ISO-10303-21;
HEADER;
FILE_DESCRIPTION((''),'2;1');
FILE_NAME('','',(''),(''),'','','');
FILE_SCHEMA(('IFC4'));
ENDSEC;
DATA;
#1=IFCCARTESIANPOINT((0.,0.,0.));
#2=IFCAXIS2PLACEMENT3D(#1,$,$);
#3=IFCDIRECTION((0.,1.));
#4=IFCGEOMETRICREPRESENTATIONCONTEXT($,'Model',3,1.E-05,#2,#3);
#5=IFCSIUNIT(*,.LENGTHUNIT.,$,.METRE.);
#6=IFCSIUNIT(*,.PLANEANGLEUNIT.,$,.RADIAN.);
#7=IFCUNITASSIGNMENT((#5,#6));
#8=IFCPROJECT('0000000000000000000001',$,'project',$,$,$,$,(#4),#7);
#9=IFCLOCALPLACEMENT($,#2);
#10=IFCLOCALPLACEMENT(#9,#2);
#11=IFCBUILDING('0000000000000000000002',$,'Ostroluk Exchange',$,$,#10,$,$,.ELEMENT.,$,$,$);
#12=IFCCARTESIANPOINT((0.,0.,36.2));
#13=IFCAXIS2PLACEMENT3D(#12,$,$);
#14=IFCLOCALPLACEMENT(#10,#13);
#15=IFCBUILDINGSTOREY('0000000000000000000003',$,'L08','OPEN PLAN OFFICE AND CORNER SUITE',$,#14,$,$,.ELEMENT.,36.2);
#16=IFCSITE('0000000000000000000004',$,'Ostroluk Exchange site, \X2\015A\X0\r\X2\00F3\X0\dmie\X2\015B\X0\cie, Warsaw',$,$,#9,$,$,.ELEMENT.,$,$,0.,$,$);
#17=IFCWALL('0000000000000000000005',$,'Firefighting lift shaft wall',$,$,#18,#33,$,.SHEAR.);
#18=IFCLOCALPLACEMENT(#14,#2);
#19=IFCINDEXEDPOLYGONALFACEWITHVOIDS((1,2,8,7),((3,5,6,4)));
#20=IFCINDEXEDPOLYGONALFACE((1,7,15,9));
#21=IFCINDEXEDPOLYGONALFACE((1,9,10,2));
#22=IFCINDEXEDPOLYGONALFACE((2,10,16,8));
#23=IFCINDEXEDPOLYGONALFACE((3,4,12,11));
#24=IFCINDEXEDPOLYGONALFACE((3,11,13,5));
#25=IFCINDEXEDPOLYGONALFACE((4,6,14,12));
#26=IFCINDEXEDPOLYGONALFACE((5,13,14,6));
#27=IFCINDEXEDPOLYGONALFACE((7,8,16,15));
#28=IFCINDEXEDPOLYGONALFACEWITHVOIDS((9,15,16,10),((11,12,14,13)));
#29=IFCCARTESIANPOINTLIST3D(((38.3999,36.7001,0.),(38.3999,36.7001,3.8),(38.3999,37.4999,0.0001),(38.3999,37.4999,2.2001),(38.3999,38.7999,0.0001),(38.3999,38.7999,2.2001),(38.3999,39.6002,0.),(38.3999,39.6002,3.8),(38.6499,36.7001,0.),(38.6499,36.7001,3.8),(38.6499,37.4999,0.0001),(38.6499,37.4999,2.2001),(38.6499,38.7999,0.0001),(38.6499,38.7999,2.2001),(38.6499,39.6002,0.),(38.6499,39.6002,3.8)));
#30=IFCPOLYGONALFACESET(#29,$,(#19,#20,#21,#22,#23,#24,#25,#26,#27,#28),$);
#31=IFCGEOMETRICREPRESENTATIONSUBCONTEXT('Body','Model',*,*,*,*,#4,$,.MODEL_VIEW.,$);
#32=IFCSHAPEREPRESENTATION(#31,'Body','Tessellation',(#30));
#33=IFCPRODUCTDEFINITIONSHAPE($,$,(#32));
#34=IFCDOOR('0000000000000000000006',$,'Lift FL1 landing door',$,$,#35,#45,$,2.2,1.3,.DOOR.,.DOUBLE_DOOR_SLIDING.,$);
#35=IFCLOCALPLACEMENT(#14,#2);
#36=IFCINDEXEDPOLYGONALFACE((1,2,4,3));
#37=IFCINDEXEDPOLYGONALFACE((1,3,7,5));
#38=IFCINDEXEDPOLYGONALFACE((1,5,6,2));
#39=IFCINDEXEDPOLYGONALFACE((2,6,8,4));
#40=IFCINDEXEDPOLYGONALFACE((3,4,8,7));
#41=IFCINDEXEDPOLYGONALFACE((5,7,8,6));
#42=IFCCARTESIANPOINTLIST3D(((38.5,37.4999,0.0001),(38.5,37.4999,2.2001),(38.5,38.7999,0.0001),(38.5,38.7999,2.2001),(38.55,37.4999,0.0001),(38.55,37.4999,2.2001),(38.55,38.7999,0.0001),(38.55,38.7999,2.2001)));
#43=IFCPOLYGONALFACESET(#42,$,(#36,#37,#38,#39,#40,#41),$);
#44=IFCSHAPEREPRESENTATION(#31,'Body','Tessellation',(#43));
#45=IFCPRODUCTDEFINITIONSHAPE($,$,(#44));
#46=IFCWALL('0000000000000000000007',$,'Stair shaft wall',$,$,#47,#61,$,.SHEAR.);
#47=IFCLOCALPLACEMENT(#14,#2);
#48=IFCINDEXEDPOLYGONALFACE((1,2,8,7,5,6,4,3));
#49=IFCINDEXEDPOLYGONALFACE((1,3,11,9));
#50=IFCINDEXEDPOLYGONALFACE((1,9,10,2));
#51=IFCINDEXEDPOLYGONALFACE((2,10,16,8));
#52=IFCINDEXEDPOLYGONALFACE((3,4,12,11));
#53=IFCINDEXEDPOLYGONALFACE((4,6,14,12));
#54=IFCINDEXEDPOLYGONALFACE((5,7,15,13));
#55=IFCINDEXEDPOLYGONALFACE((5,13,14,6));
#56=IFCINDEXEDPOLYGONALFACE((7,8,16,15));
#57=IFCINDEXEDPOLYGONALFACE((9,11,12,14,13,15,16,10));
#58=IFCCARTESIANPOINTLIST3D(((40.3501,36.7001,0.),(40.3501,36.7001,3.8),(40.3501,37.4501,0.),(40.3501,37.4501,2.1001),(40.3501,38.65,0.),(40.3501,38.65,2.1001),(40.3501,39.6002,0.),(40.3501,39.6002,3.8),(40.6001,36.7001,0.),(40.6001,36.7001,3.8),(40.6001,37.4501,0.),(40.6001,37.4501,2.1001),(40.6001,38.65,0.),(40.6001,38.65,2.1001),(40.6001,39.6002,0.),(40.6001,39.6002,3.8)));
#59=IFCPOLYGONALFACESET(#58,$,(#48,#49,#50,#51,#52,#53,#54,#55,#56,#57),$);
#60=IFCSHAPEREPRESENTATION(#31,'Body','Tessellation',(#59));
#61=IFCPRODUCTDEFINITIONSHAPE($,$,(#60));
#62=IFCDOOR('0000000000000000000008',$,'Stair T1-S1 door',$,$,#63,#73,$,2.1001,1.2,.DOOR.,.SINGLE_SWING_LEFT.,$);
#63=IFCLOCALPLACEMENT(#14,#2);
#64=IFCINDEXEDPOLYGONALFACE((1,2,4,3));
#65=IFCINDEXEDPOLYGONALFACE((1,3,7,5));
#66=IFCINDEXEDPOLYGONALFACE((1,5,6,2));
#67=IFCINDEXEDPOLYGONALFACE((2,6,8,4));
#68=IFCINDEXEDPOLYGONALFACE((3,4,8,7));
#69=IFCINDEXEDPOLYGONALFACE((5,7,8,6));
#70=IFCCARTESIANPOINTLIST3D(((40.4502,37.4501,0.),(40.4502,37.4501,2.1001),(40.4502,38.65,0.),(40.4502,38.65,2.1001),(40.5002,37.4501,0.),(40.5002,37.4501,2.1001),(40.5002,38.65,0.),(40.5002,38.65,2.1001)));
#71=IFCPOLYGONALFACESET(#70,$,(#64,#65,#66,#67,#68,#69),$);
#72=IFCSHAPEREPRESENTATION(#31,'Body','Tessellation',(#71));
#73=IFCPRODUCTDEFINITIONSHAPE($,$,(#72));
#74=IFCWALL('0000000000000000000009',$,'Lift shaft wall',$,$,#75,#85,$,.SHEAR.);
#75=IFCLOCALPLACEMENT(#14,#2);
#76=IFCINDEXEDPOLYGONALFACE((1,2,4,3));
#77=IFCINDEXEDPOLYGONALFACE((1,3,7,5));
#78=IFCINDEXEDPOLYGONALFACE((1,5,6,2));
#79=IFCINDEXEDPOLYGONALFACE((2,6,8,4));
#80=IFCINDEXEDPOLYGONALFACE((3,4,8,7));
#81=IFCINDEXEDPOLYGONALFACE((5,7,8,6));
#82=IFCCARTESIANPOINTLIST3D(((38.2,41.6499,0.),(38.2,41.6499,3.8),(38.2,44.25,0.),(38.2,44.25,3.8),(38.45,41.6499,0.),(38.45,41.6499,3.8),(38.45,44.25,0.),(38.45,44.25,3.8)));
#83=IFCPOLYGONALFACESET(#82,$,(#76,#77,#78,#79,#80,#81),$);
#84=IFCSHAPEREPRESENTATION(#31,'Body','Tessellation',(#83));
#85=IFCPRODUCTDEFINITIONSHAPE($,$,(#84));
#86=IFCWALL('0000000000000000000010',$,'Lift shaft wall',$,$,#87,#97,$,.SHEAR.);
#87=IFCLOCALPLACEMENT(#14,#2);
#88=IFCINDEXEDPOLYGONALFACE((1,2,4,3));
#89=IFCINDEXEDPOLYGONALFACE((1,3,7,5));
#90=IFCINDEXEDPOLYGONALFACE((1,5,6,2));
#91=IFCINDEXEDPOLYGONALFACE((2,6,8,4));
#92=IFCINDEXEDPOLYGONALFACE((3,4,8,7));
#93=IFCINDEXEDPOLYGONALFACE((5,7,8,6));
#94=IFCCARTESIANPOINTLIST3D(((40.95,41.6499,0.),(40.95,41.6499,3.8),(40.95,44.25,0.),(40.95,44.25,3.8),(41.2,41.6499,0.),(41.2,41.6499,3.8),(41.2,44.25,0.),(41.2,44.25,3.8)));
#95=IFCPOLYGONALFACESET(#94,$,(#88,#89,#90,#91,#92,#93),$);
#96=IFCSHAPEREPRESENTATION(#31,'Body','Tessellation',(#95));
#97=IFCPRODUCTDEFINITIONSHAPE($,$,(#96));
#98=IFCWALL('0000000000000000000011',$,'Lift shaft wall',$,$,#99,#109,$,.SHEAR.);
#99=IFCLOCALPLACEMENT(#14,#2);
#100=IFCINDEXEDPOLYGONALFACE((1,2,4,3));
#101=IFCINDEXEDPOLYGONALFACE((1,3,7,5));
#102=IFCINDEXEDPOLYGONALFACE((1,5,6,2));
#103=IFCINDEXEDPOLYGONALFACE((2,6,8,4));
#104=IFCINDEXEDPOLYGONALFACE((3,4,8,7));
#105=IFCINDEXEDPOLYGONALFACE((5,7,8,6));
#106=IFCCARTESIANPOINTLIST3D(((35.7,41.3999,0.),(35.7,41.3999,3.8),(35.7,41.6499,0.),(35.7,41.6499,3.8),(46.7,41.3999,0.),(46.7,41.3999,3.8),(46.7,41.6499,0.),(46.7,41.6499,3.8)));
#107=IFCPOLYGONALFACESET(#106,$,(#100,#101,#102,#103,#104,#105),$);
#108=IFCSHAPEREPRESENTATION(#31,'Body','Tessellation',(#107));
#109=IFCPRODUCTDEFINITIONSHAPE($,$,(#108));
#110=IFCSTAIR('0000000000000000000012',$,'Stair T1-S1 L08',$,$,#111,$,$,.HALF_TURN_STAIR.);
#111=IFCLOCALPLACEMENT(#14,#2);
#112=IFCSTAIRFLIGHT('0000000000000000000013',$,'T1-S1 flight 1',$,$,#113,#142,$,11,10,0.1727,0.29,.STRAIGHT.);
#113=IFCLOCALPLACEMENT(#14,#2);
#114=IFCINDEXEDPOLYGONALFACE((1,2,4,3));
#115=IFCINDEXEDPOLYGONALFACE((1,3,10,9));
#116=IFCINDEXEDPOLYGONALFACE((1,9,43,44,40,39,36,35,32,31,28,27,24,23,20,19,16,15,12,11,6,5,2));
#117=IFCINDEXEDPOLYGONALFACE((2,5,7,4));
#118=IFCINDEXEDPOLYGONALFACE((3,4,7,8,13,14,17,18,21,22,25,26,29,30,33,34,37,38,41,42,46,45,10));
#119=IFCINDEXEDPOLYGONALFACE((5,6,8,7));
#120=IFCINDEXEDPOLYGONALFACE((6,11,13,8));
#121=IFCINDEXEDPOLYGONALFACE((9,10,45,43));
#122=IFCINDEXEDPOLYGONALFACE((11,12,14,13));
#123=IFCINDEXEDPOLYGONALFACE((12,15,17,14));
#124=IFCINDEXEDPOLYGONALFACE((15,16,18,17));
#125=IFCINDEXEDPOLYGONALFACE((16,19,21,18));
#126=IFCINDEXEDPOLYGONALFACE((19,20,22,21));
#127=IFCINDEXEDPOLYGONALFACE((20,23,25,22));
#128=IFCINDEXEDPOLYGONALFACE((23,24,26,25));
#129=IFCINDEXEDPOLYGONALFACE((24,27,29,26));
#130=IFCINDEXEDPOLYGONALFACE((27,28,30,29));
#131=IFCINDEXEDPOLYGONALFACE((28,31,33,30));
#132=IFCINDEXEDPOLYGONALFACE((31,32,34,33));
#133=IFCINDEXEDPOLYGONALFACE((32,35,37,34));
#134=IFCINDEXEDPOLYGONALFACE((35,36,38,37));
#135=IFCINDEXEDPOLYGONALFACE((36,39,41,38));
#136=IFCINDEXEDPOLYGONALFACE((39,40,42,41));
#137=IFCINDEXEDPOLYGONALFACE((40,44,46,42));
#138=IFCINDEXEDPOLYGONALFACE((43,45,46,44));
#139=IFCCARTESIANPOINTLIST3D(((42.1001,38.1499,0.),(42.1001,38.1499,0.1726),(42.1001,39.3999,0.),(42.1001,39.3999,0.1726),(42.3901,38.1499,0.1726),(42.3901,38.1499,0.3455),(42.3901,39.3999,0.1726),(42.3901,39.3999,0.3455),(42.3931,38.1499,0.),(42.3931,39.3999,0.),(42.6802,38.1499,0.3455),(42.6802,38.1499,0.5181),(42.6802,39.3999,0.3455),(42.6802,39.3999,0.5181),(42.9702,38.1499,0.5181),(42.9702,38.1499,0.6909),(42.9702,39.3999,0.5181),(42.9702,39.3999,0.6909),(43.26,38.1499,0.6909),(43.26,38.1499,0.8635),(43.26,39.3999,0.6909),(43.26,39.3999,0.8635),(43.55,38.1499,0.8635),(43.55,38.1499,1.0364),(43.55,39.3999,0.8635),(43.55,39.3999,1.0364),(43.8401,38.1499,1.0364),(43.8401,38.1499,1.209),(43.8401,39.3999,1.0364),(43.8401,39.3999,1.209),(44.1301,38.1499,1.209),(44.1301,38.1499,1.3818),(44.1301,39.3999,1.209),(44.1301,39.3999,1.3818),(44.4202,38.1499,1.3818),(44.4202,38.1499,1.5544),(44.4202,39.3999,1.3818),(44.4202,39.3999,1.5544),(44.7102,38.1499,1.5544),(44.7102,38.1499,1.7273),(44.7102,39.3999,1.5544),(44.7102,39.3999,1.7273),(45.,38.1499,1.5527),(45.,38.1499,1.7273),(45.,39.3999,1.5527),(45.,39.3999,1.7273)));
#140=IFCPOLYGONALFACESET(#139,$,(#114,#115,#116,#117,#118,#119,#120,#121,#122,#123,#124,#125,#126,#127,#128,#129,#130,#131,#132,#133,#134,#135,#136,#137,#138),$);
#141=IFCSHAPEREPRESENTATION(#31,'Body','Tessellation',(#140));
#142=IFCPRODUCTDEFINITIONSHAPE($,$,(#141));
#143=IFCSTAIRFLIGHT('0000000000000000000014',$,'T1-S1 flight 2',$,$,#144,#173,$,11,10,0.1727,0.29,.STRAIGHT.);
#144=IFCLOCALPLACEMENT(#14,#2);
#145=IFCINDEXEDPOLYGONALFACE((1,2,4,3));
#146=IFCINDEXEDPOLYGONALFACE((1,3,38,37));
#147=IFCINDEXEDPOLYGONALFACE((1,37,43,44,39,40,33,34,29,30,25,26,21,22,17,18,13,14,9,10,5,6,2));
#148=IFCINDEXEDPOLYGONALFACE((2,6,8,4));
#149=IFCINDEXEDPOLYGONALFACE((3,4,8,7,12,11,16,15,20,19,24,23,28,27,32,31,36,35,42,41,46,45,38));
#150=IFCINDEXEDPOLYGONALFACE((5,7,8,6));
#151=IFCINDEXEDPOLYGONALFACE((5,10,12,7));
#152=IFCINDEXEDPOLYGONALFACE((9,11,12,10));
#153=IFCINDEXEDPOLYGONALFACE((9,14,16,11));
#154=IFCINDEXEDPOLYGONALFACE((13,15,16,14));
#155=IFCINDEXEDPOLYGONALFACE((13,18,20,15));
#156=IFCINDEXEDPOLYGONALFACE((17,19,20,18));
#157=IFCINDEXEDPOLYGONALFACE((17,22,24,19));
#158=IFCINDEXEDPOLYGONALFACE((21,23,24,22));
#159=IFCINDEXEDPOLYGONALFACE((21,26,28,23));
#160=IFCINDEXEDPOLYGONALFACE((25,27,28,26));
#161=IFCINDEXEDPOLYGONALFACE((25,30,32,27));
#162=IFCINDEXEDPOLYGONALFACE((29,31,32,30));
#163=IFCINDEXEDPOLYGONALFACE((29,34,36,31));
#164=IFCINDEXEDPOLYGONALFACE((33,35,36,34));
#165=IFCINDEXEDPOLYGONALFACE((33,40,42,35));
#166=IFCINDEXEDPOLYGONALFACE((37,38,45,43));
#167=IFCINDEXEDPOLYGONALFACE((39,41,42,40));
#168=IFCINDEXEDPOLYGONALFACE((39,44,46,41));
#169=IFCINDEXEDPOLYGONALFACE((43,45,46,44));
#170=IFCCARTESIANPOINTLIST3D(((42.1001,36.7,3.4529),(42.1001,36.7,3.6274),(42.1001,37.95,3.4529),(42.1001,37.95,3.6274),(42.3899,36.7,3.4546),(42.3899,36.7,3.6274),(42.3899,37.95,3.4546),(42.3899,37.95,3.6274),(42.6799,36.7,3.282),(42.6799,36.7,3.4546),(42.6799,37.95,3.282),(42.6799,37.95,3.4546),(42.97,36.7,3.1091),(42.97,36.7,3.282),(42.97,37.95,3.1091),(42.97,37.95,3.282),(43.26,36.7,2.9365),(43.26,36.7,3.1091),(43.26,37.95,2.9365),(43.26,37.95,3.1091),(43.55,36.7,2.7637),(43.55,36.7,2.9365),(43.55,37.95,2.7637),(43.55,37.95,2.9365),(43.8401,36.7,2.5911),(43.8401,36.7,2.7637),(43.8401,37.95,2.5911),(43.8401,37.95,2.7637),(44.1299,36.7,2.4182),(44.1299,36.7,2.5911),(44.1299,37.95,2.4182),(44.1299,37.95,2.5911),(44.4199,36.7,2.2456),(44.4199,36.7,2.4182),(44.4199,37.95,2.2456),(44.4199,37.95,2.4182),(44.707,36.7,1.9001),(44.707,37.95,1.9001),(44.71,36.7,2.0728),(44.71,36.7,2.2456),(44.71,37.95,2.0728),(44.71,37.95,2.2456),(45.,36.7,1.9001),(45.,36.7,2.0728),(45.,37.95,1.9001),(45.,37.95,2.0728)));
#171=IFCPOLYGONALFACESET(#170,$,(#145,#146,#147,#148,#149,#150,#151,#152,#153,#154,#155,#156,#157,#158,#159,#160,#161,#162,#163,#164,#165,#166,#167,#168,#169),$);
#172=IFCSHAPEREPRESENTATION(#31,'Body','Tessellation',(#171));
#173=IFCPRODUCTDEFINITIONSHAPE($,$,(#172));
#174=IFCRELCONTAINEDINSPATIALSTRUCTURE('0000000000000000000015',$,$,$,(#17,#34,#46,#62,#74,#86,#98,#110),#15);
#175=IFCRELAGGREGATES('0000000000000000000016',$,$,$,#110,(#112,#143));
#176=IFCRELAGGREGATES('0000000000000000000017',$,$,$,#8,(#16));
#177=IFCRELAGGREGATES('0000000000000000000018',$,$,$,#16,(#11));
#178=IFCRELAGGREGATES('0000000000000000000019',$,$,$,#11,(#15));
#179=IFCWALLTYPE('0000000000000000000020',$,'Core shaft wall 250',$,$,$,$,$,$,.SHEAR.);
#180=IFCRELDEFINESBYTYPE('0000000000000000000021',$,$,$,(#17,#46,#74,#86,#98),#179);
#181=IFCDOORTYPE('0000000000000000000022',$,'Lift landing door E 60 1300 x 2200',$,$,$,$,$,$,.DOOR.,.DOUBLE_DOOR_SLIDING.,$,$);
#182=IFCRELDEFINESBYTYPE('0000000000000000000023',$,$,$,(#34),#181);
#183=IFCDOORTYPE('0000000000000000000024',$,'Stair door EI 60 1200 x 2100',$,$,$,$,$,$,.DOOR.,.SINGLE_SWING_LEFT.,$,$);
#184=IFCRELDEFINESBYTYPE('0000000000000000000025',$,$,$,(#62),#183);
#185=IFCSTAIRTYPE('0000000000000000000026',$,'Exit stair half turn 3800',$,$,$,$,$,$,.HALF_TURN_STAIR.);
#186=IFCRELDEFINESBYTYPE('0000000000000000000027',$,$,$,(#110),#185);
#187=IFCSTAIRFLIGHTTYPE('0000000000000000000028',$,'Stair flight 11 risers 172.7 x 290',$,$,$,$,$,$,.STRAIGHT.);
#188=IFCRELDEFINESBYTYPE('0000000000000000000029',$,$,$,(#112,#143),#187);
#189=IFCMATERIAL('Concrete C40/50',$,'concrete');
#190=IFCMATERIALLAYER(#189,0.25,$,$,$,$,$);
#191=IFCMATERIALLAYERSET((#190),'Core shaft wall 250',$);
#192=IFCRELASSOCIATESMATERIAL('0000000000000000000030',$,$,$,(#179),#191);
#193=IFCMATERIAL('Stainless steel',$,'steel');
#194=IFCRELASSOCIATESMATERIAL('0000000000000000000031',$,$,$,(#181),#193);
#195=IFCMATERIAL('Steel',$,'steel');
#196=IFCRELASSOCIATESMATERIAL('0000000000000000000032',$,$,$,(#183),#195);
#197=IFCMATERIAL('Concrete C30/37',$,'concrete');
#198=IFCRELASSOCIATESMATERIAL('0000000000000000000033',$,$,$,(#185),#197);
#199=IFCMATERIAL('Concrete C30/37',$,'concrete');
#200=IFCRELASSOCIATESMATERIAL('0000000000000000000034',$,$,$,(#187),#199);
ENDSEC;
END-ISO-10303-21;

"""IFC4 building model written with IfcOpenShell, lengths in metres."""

from ifc_helpers import new_model, si_unit, direction, frame, frame_2d, origin, place, context, subcontext, project, spatial, polyline, rectangle, outline, extrude, material, layer, layer_set, type_object, element, fill, aggregate, save


model = new_model("IFC4")

# Units and contexts
model_context = context("Model", 3, precision=1e-05, world=origin(), true_north=direction((0.0, 1.0)))
body_context = subcontext(model_context, "Body", "Model", "MODEL_VIEW")
ifc_project = project(units=[si_unit("LENGTHUNIT", "METRE"), si_unit("PLANEANGLEUNIT", "RADIAN")], contexts=[model_context])

# Site, building, storey
site_placement = place(None, origin())
site = spatial("IfcSite", under=ifc_project, at=site_placement, Name="Ostroluk Exchange site, Śródmieście, Warsaw", CompositionType="ELEMENT", RefElevation=0.0)
building_placement = place(site_placement, origin())
building = spatial("IfcBuilding", under=site, at=building_placement, Name="Ostroluk Exchange", CompositionType="ELEMENT")
storey_placement = place(building_placement, frame((0.0, 0.0, 36.2)))
storey = spatial("IfcBuildingStorey", under=building, at=storey_placement, Name="L08", Description="OPEN PLAN OFFICE AND CORNER SUITE", CompositionType="ELEMENT", Elevation=36.2)

# Walls, openings, doors
ifc_material_1 = material(Name="Concrete C40/50", Category="concrete")
ifc_layer_1 = layer(ifc_material_1, 0.25)
ifc_layer_set_1 = layer_set([ifc_layer_1], Name="Core shaft wall 250")
wall_type_1 = type_object("IfcWallType", Name="Core shaft wall 250", PredefinedType="SHEAR", material=ifc_layer_set_1)
wall_1_placement = place(storey_placement, frame((38.5249, 36.7, 0.0), z_axis=(0.0, 0.0, 1.0), x_axis=(0.0, 1.0, 0.0)))
wall_1 = element("IfcWall", 1, at=wall_1_placement, inside=storey, type_object=wall_type_1, Name="Firefighting lift shaft wall", PredefinedType="SHEAR", context=body_context, shape_type="SweptSolid", body=[
    extrude(rectangle(XDim=2.9001, YDim=0.25, at=frame_2d((1.4502, 0.0))), origin(), (0.0, 0.0, 1.0), 3.8),
])
opening_1_placement = place(wall_1_placement, frame((0.8, 0.0, 0.0)))
opening_1 = element("IfcOpeningElement", 2, at=opening_1_placement, cuts=wall_1, PredefinedType="OPENING", context=body_context, shape_type="SweptSolid", body=[
    extrude(rectangle(XDim=1.3, YDim=2.2, at=frame_2d((0.6499, 1.1001))), frame((0.0, 0.135, 0.0), z_axis=(0.0, -1.0, 0.0), x_axis=(1.0, 0.0, 0.0)), (0.0, 0.0, 1.0), 0.27),
])
ifc_material_2 = material(Name="Stainless steel", Category="steel")
door_type_1 = type_object("IfcDoorType", Name="Lift landing door E 60 1300 x 2200", OperationType="DOUBLE_DOOR_SLIDING", PredefinedType="DOOR", material=ifc_material_2)
door_1_placement = place(opening_1_placement, origin())
door_1 = element("IfcDoor", 3, at=door_1_placement, inside=storey, type_object=door_type_1, Name="Lift FL1 landing door", OperationType="DOUBLE_DOOR_SLIDING", OverallHeight=2.2, OverallWidth=1.3, PredefinedType="DOOR", context=body_context, shape_type="SweptSolid", body=[
    extrude(rectangle(XDim=1.3, YDim=2.2, at=frame_2d((0.6499, 1.1001))), frame((0.0, 0.0249, 0.0), z_axis=(0.0, -1.0, 0.0), x_axis=(1.0, 0.0, 0.0)), (0.0, 0.0, 1.0), 0.05),
])
fill(opening_1, door_1)
wall_2_placement = place(storey_placement, frame((40.4751, 36.7, 0.0), z_axis=(0.0, 0.0, 1.0), x_axis=(0.0, 1.0, 0.0)))
wall_2 = element("IfcWall", 4, at=wall_2_placement, inside=storey, type_object=wall_type_1, Name="Stair shaft wall", PredefinedType="SHEAR", context=body_context, shape_type="SweptSolid", body=[
    extrude(rectangle(XDim=2.9001, YDim=0.25, at=frame_2d((1.4502, 0.0))), origin(), (0.0, 0.0, 1.0), 3.8),
])
opening_2_placement = place(wall_2_placement, frame((0.75, 0.0, 0.0)))
opening_2 = element("IfcOpeningElement", 5, at=opening_2_placement, cuts=wall_2, PredefinedType="OPENING", context=body_context, shape_type="SweptSolid", body=[
    extrude(rectangle(XDim=1.2, YDim=2.1001, at=frame_2d((0.6001, 1.05))), frame((0.0, 0.135, 0.0), z_axis=(0.0, -1.0, 0.0), x_axis=(1.0, 0.0, 0.0)), (0.0, 0.0, 1.0), 0.27),
])
ifc_material_3 = material(Name="Steel", Category="steel")
door_type_2 = type_object("IfcDoorType", Name="Stair door EI 60 1200 x 2100", OperationType="SINGLE_SWING_LEFT", PredefinedType="DOOR", material=ifc_material_3)
door_2_placement = place(opening_2_placement, origin())
door_2 = element("IfcDoor", 6, at=door_2_placement, inside=storey, type_object=door_type_2, Name="Stair T1-S1 door", OperationType="SINGLE_SWING_LEFT", OverallHeight=2.1001, OverallWidth=1.2, PredefinedType="DOOR", context=body_context, shape_type="SweptSolid", body=[
    extrude(rectangle(XDim=1.2, YDim=2.1001, at=frame_2d((0.6001, 1.05))), frame((0.0, 0.0249, 0.0), z_axis=(0.0, -1.0, 0.0), x_axis=(1.0, 0.0, 0.0)), (0.0, 0.0, 1.0), 0.05),
])
fill(opening_2, door_2)

# Walls
for number, where, z_axis, x_axis, name in (
    (7, (38.325, 44.25, 0.0), (0.0, 0.0, 1.0), (0.0, -1.0, 0.0), "Lift shaft wall"),
    (8, (41.075, 44.25, 0.0), (0.0, 0.0, 1.0), (0.0, -1.0, 0.0), "Lift shaft wall"),
):
    element("IfcWall", number, at=place(storey_placement, frame(where, z_axis=z_axis, x_axis=x_axis)), inside=storey, type_object=wall_type_1, Name=name, PredefinedType="SHEAR", context=body_context, shape_type="SweptSolid", body=[
        extrude(rectangle(XDim=2.6001, YDim=0.25, at=frame_2d((1.3, 0.0))), origin(), (0.0, 0.0, 1.0), 3.8),
    ])
wall_3_placement = place(storey_placement, frame((35.7, 41.5249, 0.0), z_axis=(0.0, 0.0, 1.0), x_axis=(1.0, 0.0, 0.0)))
element("IfcWall", 9, at=wall_3_placement, inside=storey, type_object=wall_type_1, Name="Lift shaft wall", PredefinedType="SHEAR", context=body_context, shape_type="SweptSolid", body=[
    extrude(rectangle(XDim=11.0, YDim=0.25, at=frame_2d((5.5, 0.0))), origin(), (0.0, 0.0, 1.0), 3.8),
])

# Stair, stair flights
ifc_material_4 = material(Name="Concrete C30/37", Category="concrete")
stair_type = type_object("IfcStairType", Name="Exit stair half turn 3800", PredefinedType="HALF_TURN_STAIR", material=ifc_material_4)
stair_placement = place(storey_placement, origin())
stair = element("IfcStair", 10, at=stair_placement, inside=storey, type_object=stair_type, Name="Stair T1-S1 L08", PredefinedType="HALF_TURN_STAIR")
ifc_material_5 = material(Name="Concrete C30/37", Category="concrete")
stair_flight_type = type_object("IfcStairFlightType", Name="Stair flight 11 risers 172.7 x 290", PredefinedType="STRAIGHT", material=ifc_material_5)
stair_flight_1_placement = place(storey_placement, frame((42.1001, 38.7749, 0.0), z_axis=(0.0, 0.0, 1.0), x_axis=(1.0, 0.0, 0.0)))
stair_flight_1 = element("IfcStairFlight", 11, at=stair_flight_1_placement, type_object=stair_flight_type, Name="T1-S1 flight 1", NumberOfRisers=11, NumberOfTreads=10, PredefinedType="STRAIGHT", RiserHeight=0.1727, TreadLength=0.29, context=body_context, shape_type="SweptSolid", body=[
    extrude(outline(polyline([(0.0, 0.0), (0.0, 0.1726), (0.29, 0.1726), (0.29, 0.3455), (0.5801, 0.3455), (0.5801, 0.5181), (0.8701, 0.5181), (0.8701, 0.6909), (1.1599, 0.6909), (1.1599, 0.8635), (1.45, 0.8635), (1.45, 1.0364), (1.74, 1.0364), (1.74, 1.209), (2.03, 1.209), (2.03, 1.3818), (2.3201, 1.3818), (2.3201, 1.5544), (2.6101, 1.5544), (2.6101, 1.7273), (2.8999, 1.7273), (2.8999, 1.8999), (2.8999, 1.5527), (0.293, 0.0), (0.0, 0.0)])), frame((0.0, 0.625, 0.0), z_axis=(0.0, -1.0, 0.0), x_axis=(1.0, 0.0, 0.0)), (0.0, 0.0, 1.0), 1.25),
])
stair_flight_2_placement = place(storey_placement, frame((45.0, 37.325, 1.9001), z_axis=(0.0, 0.0, 1.0), x_axis=(-1.0, 0.0, 0.0)))
stair_flight_2 = element("IfcStairFlight", 12, at=stair_flight_2_placement, type_object=stair_flight_type, Name="T1-S1 flight 2", NumberOfRisers=11, NumberOfTreads=10, PredefinedType="STRAIGHT", RiserHeight=0.1727, TreadLength=0.29, context=body_context, shape_type="SweptSolid", body=[
    extrude(outline(polyline([(0.0, 0.0), (0.0, 0.1726), (0.29, 0.1726), (0.29, 0.3455), (0.5801, 0.3455), (0.5801, 0.5181), (0.8701, 0.5181), (0.8701, 0.6909), (1.1599, 0.6909), (1.1599, 0.8635), (1.45, 0.8635), (1.45, 1.0364), (1.74, 1.0364), (1.74, 1.209), (2.03, 1.209), (2.03, 1.3818), (2.3201, 1.3818), (2.3201, 1.5544), (2.6101, 1.5544), (2.6101, 1.7273), (2.8999, 1.7273), (2.8999, 1.8999), (2.8999, 1.5527), (0.293, 0.0), (0.0, 0.0)])), frame((0.0, 0.625, 0.0), z_axis=(0.0, -1.0, 0.0), x_axis=(1.0, 0.0, 0.0)), (0.0, 0.0, 1.0), 1.25),
])
aggregate(stair, [stair_flight_1, stair_flight_2])

save(model, "model.ifc")
